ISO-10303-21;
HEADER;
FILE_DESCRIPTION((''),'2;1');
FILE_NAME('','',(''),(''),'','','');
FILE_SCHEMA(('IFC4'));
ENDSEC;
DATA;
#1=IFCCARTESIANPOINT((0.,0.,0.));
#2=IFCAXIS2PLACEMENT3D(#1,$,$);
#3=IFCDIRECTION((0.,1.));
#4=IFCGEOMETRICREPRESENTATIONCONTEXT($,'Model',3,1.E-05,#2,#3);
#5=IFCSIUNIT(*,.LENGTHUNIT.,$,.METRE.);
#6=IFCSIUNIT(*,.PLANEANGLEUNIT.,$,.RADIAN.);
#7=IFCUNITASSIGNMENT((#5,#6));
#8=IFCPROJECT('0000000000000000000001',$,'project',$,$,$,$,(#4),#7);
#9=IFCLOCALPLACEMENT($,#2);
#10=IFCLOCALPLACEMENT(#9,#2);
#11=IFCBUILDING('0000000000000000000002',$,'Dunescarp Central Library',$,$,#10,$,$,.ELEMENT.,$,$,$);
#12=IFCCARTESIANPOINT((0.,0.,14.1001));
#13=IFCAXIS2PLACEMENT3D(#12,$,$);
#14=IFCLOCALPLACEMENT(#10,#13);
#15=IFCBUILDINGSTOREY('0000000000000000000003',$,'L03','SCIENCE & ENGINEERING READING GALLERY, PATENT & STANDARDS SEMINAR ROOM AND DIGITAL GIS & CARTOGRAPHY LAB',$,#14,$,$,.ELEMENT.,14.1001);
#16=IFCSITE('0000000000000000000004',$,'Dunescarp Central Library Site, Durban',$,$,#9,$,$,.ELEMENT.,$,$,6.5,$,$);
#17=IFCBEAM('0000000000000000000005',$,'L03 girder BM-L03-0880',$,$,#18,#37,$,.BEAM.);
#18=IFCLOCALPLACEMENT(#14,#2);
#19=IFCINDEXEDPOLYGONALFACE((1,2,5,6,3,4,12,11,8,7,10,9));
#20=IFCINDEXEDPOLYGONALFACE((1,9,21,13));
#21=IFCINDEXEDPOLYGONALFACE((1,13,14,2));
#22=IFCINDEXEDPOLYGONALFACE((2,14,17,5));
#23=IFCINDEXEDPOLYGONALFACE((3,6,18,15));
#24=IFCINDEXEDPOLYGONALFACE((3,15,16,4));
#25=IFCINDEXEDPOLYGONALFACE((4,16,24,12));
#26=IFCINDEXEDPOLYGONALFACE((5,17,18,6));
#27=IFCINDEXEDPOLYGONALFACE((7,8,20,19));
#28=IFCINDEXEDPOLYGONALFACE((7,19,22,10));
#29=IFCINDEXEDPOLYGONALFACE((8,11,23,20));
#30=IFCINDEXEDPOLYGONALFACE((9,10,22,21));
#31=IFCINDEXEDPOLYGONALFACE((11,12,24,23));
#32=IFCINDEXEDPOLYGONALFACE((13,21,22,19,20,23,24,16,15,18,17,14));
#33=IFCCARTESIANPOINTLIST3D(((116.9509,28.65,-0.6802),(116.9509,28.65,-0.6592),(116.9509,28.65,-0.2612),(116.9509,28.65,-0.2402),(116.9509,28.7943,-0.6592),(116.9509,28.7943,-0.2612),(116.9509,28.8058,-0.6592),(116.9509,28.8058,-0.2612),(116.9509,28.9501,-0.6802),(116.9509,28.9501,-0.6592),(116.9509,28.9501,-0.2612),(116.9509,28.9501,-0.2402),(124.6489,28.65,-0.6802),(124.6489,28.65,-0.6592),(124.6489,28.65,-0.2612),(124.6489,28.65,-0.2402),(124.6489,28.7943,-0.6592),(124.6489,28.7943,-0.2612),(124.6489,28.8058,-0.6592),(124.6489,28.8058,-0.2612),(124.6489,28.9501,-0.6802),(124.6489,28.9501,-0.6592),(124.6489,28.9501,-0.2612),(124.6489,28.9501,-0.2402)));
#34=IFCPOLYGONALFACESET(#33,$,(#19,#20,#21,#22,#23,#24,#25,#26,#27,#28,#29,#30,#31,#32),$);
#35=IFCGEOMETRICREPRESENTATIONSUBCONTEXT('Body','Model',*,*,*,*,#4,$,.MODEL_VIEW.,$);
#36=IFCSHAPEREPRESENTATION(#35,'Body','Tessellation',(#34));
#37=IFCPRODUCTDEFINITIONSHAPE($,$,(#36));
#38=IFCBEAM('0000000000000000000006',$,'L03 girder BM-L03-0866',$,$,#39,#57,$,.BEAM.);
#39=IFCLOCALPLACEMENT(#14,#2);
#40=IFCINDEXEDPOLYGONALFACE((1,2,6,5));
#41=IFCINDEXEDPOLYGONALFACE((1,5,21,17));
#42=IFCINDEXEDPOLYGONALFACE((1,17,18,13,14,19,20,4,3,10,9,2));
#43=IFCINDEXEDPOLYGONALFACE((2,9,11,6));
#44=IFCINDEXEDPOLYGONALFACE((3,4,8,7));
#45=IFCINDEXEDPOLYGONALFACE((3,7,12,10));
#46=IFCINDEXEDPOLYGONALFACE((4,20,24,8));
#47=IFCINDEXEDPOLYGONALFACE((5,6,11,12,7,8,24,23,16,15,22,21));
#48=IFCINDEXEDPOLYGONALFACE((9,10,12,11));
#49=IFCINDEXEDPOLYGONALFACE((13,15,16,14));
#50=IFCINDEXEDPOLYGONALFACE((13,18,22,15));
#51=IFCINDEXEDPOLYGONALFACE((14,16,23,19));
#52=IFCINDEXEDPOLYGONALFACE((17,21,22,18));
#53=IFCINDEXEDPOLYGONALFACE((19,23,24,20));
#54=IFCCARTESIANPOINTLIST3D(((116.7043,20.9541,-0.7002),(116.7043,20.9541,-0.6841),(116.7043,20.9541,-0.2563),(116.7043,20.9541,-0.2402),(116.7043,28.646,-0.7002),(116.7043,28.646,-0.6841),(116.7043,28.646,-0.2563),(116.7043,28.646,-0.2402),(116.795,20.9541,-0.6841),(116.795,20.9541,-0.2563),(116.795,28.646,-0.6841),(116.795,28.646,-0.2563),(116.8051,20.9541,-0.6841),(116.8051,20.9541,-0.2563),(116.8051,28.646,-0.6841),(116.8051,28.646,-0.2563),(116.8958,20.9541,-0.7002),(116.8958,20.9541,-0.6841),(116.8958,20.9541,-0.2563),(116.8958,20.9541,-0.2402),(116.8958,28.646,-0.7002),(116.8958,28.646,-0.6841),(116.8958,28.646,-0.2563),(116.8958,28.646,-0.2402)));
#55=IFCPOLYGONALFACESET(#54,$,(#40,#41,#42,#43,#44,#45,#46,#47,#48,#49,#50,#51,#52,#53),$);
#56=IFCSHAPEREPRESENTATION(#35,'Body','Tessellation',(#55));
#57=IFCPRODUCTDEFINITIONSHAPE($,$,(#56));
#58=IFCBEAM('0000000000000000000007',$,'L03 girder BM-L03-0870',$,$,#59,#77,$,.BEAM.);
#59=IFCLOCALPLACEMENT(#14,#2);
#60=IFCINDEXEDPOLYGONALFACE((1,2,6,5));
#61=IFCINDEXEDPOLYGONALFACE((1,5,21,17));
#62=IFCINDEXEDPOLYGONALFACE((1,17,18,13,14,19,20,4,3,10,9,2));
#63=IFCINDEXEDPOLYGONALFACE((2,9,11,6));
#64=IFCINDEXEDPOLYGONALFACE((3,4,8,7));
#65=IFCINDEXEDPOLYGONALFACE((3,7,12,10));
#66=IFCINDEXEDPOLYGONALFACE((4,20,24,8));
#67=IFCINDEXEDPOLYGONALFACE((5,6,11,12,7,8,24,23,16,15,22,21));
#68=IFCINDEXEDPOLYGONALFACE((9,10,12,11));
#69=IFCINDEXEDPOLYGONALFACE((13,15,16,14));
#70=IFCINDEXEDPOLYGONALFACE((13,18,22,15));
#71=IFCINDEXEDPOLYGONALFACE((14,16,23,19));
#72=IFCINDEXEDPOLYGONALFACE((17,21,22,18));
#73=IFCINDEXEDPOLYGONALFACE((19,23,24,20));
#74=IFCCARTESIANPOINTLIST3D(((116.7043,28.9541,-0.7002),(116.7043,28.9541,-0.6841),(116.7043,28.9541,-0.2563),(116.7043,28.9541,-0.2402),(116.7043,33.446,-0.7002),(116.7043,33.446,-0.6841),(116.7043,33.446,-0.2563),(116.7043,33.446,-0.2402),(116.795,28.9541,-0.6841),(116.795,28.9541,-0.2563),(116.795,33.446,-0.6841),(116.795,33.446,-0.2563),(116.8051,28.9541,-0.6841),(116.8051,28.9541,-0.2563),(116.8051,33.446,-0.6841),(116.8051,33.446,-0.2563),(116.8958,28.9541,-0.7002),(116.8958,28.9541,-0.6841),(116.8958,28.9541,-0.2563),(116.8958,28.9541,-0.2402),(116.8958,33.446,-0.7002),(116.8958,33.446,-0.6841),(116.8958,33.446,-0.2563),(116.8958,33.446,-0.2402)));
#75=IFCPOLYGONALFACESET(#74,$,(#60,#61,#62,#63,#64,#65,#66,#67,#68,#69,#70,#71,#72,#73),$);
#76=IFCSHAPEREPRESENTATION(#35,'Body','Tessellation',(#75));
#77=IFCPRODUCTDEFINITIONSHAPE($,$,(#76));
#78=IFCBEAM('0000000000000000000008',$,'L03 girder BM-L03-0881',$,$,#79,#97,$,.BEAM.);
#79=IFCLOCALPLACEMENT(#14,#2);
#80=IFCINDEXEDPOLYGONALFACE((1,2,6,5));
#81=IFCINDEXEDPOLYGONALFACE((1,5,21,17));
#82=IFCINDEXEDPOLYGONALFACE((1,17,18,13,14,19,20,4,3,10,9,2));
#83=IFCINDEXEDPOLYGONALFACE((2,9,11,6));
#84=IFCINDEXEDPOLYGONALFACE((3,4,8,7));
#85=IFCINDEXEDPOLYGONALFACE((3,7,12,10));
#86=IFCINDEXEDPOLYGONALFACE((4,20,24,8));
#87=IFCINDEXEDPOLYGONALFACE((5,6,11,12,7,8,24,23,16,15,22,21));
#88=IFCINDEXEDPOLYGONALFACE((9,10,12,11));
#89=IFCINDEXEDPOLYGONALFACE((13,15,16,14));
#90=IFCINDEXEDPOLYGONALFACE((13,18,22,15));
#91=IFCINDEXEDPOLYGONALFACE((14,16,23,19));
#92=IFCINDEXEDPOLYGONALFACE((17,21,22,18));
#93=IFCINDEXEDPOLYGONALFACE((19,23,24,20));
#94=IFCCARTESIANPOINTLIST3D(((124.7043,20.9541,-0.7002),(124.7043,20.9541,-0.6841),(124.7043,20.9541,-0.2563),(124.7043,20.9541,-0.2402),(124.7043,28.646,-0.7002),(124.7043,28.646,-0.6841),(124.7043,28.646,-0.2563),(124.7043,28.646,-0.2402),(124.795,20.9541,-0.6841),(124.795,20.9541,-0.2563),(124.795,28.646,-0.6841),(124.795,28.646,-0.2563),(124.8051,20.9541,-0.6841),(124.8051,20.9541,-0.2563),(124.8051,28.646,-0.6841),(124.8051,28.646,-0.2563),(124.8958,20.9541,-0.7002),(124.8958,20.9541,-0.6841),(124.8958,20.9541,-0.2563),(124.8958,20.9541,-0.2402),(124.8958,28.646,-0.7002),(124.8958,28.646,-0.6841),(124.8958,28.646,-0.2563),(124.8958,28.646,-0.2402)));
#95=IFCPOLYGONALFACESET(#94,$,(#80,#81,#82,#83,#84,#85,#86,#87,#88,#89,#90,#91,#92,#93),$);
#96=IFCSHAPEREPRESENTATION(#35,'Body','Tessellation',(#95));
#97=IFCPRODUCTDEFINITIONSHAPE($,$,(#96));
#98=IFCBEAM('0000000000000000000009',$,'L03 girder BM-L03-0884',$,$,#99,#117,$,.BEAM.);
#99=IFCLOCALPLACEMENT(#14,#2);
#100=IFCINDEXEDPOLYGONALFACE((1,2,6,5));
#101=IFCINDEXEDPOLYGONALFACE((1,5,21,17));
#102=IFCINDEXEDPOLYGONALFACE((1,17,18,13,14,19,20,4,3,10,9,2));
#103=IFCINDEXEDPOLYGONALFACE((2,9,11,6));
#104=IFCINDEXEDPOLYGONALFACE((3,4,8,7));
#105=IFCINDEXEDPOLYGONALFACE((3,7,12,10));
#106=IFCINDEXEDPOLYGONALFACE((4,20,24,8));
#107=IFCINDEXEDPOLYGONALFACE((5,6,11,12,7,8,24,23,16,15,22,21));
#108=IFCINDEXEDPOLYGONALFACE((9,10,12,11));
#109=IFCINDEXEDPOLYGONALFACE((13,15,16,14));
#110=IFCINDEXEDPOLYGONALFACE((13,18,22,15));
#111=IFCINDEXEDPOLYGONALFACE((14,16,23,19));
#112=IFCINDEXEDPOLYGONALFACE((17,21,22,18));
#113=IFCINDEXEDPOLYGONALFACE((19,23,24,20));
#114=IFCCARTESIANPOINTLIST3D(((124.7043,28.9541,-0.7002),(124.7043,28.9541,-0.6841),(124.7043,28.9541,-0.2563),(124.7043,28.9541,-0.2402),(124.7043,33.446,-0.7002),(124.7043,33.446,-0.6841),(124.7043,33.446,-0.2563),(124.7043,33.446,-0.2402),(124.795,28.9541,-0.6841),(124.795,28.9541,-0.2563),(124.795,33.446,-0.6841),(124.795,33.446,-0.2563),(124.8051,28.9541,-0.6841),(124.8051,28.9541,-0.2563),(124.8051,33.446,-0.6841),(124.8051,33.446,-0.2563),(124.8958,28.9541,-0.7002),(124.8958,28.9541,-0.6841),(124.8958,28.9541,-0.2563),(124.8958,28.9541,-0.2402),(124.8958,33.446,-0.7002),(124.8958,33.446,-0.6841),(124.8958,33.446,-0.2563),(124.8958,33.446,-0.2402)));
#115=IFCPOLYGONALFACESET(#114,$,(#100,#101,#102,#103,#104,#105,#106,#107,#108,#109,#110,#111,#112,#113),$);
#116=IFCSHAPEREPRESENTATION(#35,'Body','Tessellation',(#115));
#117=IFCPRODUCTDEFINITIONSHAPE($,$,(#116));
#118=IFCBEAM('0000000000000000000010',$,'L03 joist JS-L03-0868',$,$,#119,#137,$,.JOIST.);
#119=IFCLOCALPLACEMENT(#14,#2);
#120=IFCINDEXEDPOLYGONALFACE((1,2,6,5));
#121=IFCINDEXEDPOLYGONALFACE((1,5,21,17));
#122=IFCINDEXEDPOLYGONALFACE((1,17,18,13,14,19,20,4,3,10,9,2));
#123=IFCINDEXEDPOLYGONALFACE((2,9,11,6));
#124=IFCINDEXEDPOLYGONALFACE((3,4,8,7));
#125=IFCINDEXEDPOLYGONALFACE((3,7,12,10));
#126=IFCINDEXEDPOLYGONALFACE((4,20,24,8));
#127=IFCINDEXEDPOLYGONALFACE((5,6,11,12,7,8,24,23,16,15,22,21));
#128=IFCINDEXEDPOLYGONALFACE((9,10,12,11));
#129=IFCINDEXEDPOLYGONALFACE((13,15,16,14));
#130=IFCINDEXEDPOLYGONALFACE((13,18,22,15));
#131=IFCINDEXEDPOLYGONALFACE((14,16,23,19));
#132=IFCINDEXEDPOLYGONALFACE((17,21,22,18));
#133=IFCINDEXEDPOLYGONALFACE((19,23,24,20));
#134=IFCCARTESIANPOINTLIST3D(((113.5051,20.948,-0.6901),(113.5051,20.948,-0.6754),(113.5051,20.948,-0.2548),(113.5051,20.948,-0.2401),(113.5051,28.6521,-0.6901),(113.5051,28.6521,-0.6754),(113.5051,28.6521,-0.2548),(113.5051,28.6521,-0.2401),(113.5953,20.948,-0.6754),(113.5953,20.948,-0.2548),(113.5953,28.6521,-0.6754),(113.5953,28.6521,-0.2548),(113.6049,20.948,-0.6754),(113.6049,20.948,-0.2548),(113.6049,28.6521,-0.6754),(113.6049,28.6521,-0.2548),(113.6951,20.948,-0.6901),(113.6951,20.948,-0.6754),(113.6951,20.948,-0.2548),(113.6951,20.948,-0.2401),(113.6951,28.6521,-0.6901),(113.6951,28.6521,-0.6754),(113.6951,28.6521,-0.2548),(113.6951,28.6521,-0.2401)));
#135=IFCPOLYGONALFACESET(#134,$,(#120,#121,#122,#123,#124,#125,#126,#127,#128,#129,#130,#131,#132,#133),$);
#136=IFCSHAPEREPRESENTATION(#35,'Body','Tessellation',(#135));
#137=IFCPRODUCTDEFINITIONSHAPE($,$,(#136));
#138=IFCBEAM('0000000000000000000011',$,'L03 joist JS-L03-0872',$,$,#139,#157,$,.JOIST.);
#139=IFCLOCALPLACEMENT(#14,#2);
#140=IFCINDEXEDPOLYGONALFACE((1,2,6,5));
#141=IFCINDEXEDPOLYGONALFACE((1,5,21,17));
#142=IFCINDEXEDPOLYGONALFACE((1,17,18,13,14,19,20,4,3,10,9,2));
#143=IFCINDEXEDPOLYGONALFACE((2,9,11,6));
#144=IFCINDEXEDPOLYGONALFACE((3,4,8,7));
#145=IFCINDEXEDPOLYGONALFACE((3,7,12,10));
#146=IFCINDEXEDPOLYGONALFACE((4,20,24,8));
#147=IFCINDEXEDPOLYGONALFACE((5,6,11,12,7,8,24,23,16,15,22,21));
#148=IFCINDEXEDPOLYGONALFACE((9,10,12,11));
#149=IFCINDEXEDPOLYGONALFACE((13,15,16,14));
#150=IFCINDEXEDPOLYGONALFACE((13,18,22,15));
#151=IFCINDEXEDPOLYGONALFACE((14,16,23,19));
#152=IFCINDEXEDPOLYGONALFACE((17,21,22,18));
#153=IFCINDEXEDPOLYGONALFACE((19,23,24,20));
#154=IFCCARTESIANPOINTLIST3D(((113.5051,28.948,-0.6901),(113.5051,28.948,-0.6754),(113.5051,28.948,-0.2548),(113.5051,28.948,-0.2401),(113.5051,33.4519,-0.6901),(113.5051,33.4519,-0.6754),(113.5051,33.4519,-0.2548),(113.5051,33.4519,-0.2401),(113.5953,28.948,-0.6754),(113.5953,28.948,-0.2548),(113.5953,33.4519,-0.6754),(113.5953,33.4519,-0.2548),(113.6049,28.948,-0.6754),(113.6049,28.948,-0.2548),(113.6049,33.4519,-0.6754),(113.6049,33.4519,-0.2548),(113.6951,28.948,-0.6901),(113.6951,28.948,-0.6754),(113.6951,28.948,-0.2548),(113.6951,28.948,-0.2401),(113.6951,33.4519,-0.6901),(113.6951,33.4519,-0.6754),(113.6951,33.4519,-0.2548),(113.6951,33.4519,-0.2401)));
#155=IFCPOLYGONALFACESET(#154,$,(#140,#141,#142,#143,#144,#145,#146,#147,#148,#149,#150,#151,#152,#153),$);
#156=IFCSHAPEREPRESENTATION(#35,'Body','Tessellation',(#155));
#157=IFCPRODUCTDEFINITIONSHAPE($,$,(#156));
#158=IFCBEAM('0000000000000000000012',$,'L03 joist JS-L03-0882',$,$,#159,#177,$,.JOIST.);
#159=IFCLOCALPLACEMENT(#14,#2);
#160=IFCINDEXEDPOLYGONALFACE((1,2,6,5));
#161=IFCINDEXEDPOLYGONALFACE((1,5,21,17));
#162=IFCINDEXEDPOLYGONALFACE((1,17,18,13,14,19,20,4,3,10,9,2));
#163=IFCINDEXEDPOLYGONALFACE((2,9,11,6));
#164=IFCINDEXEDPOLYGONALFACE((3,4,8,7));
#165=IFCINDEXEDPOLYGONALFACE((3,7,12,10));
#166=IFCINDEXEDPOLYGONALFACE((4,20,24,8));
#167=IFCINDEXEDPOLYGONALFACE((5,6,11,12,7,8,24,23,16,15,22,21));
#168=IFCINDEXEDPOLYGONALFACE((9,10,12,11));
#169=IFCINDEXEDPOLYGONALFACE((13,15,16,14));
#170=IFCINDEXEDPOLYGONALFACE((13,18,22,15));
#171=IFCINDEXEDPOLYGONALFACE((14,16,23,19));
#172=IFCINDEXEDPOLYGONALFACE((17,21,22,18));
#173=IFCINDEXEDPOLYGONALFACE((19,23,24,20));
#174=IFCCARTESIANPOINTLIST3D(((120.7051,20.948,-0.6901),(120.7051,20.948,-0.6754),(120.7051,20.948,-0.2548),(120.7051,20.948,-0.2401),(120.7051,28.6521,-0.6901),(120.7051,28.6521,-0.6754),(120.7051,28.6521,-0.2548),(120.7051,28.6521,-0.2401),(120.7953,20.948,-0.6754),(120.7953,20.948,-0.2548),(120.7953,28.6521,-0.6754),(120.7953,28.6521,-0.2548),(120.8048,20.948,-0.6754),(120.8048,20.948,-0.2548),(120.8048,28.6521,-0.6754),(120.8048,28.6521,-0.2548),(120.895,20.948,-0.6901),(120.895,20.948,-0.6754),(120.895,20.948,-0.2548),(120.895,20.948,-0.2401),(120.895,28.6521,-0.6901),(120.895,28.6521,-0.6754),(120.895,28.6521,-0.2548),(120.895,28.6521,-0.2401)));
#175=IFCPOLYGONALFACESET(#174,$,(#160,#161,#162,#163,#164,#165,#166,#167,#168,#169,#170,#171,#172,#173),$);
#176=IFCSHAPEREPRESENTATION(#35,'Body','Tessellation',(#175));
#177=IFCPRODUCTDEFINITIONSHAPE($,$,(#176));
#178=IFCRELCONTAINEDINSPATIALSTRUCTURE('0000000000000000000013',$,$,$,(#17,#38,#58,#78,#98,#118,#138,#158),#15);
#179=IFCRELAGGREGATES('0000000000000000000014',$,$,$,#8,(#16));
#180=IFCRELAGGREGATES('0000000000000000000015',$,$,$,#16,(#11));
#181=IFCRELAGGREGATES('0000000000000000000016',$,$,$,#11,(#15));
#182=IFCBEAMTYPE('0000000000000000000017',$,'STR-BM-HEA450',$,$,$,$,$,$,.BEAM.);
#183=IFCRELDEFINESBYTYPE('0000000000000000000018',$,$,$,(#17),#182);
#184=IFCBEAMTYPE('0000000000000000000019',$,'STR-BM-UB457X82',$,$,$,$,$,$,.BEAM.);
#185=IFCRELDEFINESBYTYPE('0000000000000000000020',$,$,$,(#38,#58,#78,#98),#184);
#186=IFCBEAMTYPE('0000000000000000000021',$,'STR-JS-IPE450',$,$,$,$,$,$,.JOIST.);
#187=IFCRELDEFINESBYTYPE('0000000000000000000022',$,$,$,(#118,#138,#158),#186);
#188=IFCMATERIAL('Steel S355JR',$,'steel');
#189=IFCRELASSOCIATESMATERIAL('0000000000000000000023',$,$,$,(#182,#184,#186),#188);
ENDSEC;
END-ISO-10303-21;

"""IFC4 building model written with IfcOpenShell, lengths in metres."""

from ifc_helpers import new_model, si_unit, direction, frame, origin, origin_2d, place, context, subcontext, project, spatial, i_section, extrude, material, material_profile, profile_set, type_object, element, save


model = new_model("IFC4")

# Units and contexts
model_context = context("Model", 3, precision=1e-05, world=origin(), true_north=direction((0.0, 1.0)))
body_context = subcontext(model_context, "Body", "Model", "MODEL_VIEW")
ifc_project = project(units=[si_unit("LENGTHUNIT", "METRE"), si_unit("PLANEANGLEUNIT", "RADIAN")], contexts=[model_context])

# Site, building, storey
site_placement = place(None, origin())
site = spatial("IfcSite", under=ifc_project, at=site_placement, Name="Dunescarp Central Library Site, Durban", CompositionType="ELEMENT", RefElevation=6.5)
building_placement = place(site_placement, origin())
building = spatial("IfcBuilding", under=site, at=building_placement, Name="Dunescarp Central Library", CompositionType="ELEMENT")
storey_placement = place(building_placement, frame((0.0, 0.0, 14.1001)))
storey = spatial("IfcBuildingStorey", under=building, at=storey_placement, Name="L03", Description="SCIENCE & ENGINEERING READING GALLERY, PATENT & STANDARDS SEMINAR ROOM AND DIGITAL GIS & CARTOGRAPHY LAB", CompositionType="ELEMENT", Elevation=14.1001)

# Shared definitions
ifc_material_1 = material(Name="Steel S355JR", Category="steel")

# Beams
ifc_material_profile_1 = material_profile(ifc_material_1, i_section(OverallWidth=0.3, OverallDepth=0.4399, WebThickness=0.0115, FlangeThickness=0.021, at=origin_2d()), Name="HEA 450")
ifc_profile_set_1 = profile_set([ifc_material_profile_1], Name="Steel S355JR")
beam_type_1 = type_object("IfcBeamType", Name="STR-BM-HEA450", PredefinedType="BEAM", material=ifc_profile_set_1)
for number, where, z_axis, x_axis, name in (
    (1, (116.9509, 28.8, -0.4602), (1.0, 0.0, 0.0), (0.0, 1.0, 0.0), "L03 girder BM-L03-0880"),
):
    element("IfcBeam", number, at=place(storey_placement, frame(where, z_axis=z_axis, x_axis=x_axis)), inside=storey, type_object=beam_type_1, Name=name, PredefinedType="BEAM", context=body_context, shape_type="SweptSolid", body=[
        extrude(i_section(OverallWidth=0.3, OverallDepth=0.4399, WebThickness=0.0115, FlangeThickness=0.021, at=origin_2d()), origin(), (0.0, 0.0, 1.0), 7.698),
    ])
ifc_material_profile_2 = material_profile(ifc_material_1, i_section(OverallWidth=0.1914, OverallDepth=0.46, WebThickness=0.01, FlangeThickness=0.0161, at=origin_2d()), Name="UB 457x191x82")
ifc_profile_set_2 = profile_set([ifc_material_profile_2], Name="Steel S355JR")
beam_type_2 = type_object("IfcBeamType", Name="STR-BM-UB457X82", PredefinedType="BEAM", material=ifc_profile_set_2)
beam_1_placement = place(storey_placement, frame((116.8, 20.9541, -0.4702), z_axis=(0.0, 1.0, 0.0), x_axis=(-1.0, 0.0, 0.0)))
element("IfcBeam", 2, at=beam_1_placement, inside=storey, type_object=beam_type_2, Name="L03 girder BM-L03-0866", PredefinedType="BEAM", context=body_context, shape_type="SweptSolid", body=[
    extrude(i_section(OverallWidth=0.1914, OverallDepth=0.46, WebThickness=0.01, FlangeThickness=0.0161, at=origin_2d()), origin(), (0.0, 0.0, 1.0), 7.6919),
])
beam_2_placement = place(storey_placement, frame((116.8, 28.9541, -0.4702), z_axis=(0.0, 1.0, 0.0), x_axis=(-1.0, 0.0, 0.0)))
element("IfcBeam", 3, at=beam_2_placement, inside=storey, type_object=beam_type_2, Name="L03 girder BM-L03-0870", PredefinedType="BEAM", context=body_context, shape_type="SweptSolid", body=[
    extrude(i_section(OverallWidth=0.1914, OverallDepth=0.46, WebThickness=0.01, FlangeThickness=0.0161, at=origin_2d()), origin(), (0.0, 0.0, 1.0), 4.4919),
])
beam_3_placement = place(storey_placement, frame((124.8, 20.9541, -0.4702), z_axis=(0.0, 1.0, 0.0), x_axis=(-1.0, 0.0, 0.0)))
element("IfcBeam", 4, at=beam_3_placement, inside=storey, type_object=beam_type_2, Name="L03 girder BM-L03-0881", PredefinedType="BEAM", context=body_context, shape_type="SweptSolid", body=[
    extrude(i_section(OverallWidth=0.1914, OverallDepth=0.46, WebThickness=0.01, FlangeThickness=0.0161, at=origin_2d()), origin(), (0.0, 0.0, 1.0), 7.6919),
])
beam_4_placement = place(storey_placement, frame((124.8, 28.9541, -0.4702), z_axis=(0.0, 1.0, 0.0), x_axis=(-1.0, 0.0, 0.0)))
element("IfcBeam", 5, at=beam_4_placement, inside=storey, type_object=beam_type_2, Name="L03 girder BM-L03-0884", PredefinedType="BEAM", context=body_context, shape_type="SweptSolid", body=[
    extrude(i_section(OverallWidth=0.1914, OverallDepth=0.46, WebThickness=0.01, FlangeThickness=0.0161, at=origin_2d()), origin(), (0.0, 0.0, 1.0), 4.4919),
])
ifc_material_profile_3 = material_profile(ifc_material_1, i_section(OverallWidth=0.1899, OverallDepth=0.45, WebThickness=0.0095, FlangeThickness=0.0146, at=origin_2d()), Name="IPE 450")
ifc_profile_set_3 = profile_set([ifc_material_profile_3], Name="Steel S355JR")
beam_type_3 = type_object("IfcBeamType", Name="STR-JS-IPE450", PredefinedType="JOIST", material=ifc_profile_set_3)
beam_5_placement = place(storey_placement, frame((113.6001, 20.948, -0.4651), z_axis=(0.0, 1.0, 0.0), x_axis=(-1.0, 0.0, 0.0)))
element("IfcBeam", 6, at=beam_5_placement, inside=storey, type_object=beam_type_3, Name="L03 joist JS-L03-0868", PredefinedType="JOIST", context=body_context, shape_type="SweptSolid", body=[
    extrude(i_section(OverallWidth=0.1899, OverallDepth=0.45, WebThickness=0.0095, FlangeThickness=0.0146, at=origin_2d()), origin(), (0.0, 0.0, 1.0), 7.7041),
])
beam_6_placement = place(storey_placement, frame((113.6001, 28.948, -0.4651), z_axis=(0.0, 1.0, 0.0), x_axis=(-1.0, 0.0, 0.0)))
element("IfcBeam", 7, at=beam_6_placement, inside=storey, type_object=beam_type_3, Name="L03 joist JS-L03-0872", PredefinedType="JOIST", context=body_context, shape_type="SweptSolid", body=[
    extrude(i_section(OverallWidth=0.1899, OverallDepth=0.45, WebThickness=0.0095, FlangeThickness=0.0146, at=origin_2d()), origin(), (0.0, 0.0, 1.0), 4.5039),
])
beam_7_placement = place(storey_placement, frame((120.8, 20.948, -0.4651), z_axis=(0.0, 1.0, 0.0), x_axis=(-1.0, 0.0, 0.0)))
element("IfcBeam", 8, at=beam_7_placement, inside=storey, type_object=beam_type_3, Name="L03 joist JS-L03-0882", PredefinedType="JOIST", context=body_context, shape_type="SweptSolid", body=[
    extrude(i_section(OverallWidth=0.1899, OverallDepth=0.45, WebThickness=0.0095, FlangeThickness=0.0146, at=origin_2d()), origin(), (0.0, 0.0, 1.0), 7.7041),
])

save(model, "model.ifc")
